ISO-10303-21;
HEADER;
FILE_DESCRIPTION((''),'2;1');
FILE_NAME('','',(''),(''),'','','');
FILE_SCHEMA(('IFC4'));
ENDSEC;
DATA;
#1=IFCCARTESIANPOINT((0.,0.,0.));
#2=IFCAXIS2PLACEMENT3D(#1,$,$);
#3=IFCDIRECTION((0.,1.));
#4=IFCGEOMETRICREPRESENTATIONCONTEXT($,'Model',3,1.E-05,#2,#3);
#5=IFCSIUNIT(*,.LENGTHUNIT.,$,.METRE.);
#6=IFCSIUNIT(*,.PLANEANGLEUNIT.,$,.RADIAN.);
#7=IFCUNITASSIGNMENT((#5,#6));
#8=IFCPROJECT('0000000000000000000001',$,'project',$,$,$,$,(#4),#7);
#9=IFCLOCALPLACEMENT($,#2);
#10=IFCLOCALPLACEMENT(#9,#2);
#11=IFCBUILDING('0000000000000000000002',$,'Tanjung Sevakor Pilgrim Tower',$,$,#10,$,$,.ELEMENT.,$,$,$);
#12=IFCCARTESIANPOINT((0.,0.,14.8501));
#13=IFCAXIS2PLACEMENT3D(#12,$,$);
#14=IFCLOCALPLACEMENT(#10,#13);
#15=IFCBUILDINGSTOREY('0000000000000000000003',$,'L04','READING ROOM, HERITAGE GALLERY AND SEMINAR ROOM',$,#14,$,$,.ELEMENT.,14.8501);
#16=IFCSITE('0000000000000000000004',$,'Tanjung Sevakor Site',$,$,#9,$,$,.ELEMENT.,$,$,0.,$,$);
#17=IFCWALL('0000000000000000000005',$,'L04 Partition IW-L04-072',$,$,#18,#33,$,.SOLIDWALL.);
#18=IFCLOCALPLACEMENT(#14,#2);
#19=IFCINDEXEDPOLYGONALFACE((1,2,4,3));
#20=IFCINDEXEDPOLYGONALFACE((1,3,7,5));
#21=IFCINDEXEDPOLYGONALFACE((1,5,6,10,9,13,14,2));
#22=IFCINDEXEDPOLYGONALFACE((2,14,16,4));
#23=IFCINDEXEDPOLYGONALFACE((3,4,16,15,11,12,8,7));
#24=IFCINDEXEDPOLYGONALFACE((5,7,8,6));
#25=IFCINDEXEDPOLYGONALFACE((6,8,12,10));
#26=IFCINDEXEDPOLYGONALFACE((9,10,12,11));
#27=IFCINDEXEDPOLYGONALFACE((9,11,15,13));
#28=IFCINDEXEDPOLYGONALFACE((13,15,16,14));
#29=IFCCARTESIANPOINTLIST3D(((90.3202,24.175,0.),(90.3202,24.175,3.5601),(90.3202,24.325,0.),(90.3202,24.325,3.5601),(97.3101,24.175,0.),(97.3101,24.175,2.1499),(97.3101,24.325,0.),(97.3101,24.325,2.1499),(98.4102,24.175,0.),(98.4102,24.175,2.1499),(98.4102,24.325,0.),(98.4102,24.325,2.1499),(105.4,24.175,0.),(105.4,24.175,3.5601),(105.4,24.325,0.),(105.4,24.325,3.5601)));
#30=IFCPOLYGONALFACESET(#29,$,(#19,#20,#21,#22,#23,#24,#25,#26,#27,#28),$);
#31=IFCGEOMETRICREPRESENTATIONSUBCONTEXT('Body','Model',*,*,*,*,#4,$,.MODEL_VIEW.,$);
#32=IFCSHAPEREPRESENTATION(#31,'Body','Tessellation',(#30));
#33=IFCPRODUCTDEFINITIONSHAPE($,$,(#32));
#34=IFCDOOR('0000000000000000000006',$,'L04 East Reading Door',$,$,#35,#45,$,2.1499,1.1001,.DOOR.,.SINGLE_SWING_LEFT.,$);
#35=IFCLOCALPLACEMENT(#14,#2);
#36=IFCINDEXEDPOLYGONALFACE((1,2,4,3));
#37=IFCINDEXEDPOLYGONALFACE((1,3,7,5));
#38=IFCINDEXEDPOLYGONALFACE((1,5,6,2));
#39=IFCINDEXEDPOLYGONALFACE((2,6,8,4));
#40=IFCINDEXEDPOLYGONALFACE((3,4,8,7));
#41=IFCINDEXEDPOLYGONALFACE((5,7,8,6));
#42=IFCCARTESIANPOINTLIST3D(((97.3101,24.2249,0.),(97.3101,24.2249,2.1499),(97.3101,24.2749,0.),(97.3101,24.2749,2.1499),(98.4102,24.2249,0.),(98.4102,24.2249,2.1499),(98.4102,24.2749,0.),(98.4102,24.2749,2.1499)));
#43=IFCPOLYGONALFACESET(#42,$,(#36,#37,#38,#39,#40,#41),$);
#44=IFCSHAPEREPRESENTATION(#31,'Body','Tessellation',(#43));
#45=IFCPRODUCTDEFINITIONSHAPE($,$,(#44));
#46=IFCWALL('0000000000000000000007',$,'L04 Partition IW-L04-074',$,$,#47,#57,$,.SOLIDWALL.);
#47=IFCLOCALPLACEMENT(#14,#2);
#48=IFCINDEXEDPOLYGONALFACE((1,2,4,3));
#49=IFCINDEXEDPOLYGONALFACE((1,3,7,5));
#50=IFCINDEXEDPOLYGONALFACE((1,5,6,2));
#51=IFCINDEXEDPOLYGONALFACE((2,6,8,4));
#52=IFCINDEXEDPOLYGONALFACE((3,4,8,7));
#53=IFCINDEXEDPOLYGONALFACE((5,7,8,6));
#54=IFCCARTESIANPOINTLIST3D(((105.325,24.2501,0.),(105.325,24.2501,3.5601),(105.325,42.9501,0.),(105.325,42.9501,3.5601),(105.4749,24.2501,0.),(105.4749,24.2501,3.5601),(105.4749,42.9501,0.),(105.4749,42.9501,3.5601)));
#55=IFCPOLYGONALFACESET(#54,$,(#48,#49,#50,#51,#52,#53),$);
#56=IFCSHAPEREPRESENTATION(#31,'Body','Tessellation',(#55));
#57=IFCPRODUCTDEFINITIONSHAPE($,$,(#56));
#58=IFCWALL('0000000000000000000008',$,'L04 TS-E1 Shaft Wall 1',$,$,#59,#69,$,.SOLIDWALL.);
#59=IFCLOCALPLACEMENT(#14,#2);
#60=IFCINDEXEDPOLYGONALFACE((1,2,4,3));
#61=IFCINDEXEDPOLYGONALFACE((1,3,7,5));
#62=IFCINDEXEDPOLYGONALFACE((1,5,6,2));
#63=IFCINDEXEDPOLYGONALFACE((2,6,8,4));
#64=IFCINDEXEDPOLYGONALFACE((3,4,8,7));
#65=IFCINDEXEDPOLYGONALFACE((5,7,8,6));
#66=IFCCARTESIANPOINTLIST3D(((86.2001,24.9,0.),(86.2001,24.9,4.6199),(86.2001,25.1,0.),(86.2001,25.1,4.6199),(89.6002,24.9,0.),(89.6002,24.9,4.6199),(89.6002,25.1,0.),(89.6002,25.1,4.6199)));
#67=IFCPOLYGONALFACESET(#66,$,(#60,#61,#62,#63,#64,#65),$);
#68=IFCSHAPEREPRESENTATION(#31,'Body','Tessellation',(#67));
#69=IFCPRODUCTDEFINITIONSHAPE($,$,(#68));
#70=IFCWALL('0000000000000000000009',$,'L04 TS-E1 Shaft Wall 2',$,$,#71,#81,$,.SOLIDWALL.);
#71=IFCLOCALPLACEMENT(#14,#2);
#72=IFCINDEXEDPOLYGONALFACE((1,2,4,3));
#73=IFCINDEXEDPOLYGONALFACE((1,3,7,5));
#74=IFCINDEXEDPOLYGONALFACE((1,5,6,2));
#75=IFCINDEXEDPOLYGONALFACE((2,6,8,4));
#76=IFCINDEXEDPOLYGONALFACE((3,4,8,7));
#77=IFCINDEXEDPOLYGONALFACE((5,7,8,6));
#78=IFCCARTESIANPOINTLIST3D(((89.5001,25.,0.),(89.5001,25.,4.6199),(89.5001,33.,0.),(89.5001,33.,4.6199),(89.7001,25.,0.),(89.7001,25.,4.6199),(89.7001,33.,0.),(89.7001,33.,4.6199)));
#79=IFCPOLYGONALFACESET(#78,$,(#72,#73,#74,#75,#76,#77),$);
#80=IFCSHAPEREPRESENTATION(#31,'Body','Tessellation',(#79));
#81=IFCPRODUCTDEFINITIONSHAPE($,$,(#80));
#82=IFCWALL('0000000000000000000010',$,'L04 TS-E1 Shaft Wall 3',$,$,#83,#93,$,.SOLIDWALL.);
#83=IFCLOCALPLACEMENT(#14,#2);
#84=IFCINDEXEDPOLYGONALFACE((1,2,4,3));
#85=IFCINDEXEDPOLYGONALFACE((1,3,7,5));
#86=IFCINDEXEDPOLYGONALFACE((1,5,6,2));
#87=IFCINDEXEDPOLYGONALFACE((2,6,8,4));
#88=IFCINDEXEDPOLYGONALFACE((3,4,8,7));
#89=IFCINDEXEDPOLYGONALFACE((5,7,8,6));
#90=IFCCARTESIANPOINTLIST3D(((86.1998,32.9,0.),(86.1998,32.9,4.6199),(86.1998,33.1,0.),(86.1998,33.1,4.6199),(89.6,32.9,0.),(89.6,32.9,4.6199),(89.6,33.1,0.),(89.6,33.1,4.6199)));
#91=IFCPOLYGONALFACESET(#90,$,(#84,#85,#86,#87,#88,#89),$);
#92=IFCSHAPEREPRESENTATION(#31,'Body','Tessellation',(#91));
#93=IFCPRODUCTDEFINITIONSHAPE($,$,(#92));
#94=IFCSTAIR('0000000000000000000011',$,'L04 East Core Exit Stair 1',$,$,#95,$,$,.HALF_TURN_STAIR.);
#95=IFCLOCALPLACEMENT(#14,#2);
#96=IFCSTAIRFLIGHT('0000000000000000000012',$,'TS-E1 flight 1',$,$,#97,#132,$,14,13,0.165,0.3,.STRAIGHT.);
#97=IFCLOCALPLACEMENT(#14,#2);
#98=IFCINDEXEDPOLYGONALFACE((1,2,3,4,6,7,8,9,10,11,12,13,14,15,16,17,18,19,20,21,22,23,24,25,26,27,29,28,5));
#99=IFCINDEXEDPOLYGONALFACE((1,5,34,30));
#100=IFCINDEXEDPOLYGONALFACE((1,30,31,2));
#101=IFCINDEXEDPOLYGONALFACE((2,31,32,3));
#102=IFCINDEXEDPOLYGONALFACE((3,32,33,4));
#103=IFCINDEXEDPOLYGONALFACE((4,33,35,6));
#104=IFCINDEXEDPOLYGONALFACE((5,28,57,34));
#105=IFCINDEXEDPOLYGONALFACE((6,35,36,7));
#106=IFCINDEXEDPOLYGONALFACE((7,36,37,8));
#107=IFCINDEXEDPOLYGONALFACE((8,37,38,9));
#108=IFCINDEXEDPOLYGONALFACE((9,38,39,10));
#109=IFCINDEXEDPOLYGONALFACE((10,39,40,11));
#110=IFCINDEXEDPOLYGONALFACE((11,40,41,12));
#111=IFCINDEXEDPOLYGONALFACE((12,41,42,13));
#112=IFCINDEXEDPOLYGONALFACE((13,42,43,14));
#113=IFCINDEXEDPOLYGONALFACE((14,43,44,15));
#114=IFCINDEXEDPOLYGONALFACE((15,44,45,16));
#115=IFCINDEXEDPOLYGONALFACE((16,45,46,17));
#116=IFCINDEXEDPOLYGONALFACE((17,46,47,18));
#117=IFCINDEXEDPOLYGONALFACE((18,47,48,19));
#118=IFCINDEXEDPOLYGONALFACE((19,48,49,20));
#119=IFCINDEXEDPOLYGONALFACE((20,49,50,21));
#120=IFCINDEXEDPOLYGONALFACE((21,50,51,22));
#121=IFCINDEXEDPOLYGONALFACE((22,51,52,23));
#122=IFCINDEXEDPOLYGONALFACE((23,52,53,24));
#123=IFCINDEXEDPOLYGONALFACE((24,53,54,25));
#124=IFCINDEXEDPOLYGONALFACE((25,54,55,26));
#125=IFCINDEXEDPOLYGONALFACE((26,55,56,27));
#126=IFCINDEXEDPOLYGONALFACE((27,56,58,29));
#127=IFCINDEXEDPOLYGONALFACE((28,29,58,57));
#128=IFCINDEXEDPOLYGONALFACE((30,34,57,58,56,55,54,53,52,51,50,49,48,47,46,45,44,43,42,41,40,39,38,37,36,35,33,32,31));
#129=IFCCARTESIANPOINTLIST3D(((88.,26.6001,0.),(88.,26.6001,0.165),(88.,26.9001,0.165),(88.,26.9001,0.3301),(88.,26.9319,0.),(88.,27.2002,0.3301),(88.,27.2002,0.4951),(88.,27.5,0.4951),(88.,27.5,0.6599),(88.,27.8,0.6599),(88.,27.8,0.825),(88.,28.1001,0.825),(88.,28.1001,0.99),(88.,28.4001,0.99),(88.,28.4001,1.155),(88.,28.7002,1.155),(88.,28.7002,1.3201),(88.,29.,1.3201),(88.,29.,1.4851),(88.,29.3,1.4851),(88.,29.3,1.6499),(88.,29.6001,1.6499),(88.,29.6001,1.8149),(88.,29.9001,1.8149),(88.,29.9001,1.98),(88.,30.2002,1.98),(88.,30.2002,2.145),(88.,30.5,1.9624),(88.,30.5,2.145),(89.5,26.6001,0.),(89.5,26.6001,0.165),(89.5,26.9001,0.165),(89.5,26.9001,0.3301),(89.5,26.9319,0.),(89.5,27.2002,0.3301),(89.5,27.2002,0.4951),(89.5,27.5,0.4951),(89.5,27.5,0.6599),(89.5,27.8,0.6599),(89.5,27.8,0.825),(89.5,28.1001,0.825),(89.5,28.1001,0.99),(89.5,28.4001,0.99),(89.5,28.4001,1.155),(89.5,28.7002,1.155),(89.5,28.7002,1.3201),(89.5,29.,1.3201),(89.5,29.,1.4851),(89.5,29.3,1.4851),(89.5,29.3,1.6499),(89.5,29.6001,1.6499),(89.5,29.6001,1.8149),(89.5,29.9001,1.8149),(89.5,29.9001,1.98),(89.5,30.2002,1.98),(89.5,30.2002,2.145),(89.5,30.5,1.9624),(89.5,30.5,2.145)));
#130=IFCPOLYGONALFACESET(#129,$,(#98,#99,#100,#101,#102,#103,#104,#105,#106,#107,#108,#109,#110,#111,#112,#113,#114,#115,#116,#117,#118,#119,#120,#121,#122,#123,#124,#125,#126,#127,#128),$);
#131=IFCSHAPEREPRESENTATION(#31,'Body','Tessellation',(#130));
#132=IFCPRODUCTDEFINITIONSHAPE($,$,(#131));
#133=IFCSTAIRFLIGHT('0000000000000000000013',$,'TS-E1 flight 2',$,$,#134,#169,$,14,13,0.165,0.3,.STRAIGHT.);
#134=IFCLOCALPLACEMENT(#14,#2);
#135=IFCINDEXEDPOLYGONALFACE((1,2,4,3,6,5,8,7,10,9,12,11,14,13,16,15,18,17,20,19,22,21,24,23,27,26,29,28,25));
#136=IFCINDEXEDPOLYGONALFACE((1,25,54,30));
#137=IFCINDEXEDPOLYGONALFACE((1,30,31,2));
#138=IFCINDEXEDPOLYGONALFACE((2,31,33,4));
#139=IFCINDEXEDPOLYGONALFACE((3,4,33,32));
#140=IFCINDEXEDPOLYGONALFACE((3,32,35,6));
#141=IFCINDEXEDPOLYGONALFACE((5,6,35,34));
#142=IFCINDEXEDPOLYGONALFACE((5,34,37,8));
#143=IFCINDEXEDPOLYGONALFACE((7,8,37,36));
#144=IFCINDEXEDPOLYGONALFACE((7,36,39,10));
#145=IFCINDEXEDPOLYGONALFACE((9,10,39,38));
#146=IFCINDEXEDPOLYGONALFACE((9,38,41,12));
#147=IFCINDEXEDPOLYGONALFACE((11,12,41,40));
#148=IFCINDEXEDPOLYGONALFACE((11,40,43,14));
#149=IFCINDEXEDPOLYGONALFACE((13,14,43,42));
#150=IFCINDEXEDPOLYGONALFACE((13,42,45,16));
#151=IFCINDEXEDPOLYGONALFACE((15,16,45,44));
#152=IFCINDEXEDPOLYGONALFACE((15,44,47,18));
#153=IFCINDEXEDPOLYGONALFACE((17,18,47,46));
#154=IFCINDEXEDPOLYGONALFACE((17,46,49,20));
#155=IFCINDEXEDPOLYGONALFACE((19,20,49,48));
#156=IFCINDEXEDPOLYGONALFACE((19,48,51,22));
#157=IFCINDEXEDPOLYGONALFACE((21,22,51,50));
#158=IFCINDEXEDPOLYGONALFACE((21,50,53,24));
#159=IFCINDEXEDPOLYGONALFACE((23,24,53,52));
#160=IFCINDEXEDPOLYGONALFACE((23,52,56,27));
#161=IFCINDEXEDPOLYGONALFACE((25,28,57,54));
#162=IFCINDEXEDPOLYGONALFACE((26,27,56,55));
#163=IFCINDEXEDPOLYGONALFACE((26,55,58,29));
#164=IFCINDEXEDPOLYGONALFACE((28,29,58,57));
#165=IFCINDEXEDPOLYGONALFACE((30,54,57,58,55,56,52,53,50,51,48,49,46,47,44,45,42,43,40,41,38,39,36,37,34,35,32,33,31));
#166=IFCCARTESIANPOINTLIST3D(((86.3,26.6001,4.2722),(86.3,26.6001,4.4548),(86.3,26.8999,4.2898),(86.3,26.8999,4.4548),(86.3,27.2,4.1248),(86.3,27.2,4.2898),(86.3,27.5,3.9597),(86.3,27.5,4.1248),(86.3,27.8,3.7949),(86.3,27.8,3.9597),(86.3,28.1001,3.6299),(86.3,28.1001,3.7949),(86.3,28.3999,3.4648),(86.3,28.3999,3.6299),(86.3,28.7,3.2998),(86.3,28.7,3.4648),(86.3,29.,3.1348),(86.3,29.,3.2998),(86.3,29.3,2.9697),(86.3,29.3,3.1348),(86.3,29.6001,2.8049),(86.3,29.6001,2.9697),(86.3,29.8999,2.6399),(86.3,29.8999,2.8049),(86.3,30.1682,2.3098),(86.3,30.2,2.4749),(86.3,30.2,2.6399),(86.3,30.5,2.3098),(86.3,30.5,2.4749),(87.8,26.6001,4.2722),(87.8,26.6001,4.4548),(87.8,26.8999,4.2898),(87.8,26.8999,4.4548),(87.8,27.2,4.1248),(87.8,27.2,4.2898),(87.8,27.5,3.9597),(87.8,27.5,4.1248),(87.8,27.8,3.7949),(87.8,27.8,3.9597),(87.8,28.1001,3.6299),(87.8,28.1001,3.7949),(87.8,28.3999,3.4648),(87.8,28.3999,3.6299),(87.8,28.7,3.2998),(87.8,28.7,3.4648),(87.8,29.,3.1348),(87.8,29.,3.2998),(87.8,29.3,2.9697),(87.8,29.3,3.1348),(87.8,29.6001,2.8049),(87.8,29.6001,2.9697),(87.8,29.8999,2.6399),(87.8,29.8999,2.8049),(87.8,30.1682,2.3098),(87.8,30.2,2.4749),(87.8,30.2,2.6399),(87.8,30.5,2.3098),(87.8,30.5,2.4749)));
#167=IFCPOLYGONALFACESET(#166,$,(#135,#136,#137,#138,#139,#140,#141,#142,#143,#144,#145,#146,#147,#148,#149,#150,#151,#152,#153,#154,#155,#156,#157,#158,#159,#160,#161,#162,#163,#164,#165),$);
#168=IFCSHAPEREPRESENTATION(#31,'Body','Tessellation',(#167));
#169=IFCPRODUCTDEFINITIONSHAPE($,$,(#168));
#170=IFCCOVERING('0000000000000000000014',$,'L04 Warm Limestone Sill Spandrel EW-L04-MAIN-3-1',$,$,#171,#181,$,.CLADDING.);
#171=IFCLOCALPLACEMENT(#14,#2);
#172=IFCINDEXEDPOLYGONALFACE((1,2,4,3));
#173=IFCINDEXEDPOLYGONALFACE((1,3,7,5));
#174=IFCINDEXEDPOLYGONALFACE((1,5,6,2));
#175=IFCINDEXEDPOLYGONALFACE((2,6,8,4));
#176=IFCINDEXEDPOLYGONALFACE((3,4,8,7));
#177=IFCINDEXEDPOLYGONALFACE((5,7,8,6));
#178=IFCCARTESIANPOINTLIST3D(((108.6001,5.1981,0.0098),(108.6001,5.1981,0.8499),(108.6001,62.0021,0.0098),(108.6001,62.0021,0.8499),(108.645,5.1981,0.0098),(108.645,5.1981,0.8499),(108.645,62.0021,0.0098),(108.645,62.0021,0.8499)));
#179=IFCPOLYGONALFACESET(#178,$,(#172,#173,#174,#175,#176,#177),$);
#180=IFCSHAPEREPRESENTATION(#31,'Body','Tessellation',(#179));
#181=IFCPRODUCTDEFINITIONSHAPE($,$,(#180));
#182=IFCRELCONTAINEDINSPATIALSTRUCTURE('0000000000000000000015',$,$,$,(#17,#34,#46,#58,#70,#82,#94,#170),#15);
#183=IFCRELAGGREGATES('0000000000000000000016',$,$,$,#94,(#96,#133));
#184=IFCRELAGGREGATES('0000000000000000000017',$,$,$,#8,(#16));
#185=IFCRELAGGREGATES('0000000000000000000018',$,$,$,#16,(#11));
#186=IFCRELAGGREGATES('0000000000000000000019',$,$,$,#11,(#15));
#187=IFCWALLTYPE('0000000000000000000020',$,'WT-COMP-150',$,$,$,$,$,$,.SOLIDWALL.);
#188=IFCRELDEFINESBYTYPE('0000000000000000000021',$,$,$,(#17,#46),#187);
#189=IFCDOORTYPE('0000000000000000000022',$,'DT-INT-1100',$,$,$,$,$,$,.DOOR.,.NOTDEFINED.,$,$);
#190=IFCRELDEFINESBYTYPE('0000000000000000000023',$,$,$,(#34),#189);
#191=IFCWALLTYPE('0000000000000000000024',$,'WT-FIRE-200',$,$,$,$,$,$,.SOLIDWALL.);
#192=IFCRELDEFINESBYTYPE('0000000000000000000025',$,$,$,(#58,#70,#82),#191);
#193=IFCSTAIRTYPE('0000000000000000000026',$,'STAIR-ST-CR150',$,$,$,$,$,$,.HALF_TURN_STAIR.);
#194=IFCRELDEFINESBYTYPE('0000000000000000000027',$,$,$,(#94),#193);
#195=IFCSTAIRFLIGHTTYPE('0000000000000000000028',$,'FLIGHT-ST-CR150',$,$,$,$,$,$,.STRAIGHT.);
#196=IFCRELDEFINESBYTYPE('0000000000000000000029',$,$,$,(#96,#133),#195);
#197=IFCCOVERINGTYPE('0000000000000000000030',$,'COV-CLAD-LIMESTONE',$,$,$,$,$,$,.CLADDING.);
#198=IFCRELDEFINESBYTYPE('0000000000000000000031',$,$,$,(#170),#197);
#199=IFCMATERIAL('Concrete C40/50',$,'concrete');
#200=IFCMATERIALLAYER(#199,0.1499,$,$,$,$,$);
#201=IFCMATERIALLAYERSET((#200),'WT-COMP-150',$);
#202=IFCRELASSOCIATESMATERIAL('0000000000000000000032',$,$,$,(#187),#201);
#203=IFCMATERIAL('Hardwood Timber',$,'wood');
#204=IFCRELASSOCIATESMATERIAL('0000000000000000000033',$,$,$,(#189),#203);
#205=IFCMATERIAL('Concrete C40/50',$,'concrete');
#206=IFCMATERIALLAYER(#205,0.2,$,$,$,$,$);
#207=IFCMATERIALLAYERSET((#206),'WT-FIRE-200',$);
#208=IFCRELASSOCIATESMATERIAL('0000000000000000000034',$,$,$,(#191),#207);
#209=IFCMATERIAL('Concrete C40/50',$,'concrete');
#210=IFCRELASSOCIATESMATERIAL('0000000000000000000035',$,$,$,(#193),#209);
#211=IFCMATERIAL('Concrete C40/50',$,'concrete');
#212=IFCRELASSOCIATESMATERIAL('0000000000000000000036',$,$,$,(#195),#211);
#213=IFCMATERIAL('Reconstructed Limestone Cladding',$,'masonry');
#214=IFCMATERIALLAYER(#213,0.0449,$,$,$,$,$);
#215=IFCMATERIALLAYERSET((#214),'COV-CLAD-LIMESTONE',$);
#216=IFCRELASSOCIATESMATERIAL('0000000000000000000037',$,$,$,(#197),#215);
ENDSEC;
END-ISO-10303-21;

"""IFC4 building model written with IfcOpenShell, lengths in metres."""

from ifc_helpers import new_model, si_unit, direction, frame, frame_2d, origin, origin_2d, place, context, subcontext, project, spatial, polyline, rectangle, outline, extrude, material, layer, layer_set, type_object, element, fill, aggregate, save


model = new_model("IFC4")

# Units and contexts
model_context = context("Model", 3, precision=1e-05, world=origin(), true_north=direction((0.0, 1.0)))
body_context = subcontext(model_context, "Body", "Model", "MODEL_VIEW")
ifc_project = project(units=[si_unit("LENGTHUNIT", "METRE"), si_unit("PLANEANGLEUNIT", "RADIAN")], contexts=[model_context])

# Site, building, storey
site_placement = place(None, origin())
site = spatial("IfcSite", under=ifc_project, at=site_placement, Name="Tanjung Sevakor Site", CompositionType="ELEMENT", RefElevation=0.0)
building_placement = place(site_placement, origin())
building = spatial("IfcBuilding", under=site, at=building_placement, Name="Tanjung Sevakor Pilgrim Tower", CompositionType="ELEMENT")
storey_placement = place(building_placement, frame((0.0, 0.0, 14.8501)))
storey = spatial("IfcBuildingStorey", under=building, at=storey_placement, Name="L04", Description="READING ROOM, HERITAGE GALLERY AND SEMINAR ROOM", CompositionType="ELEMENT", Elevation=14.8501)

# Wall, opening, door
ifc_material_1 = material(Name="Concrete C40/50", Category="concrete")
ifc_layer_1 = layer(ifc_material_1, 0.1499)
ifc_layer_set_1 = layer_set([ifc_layer_1], Name="WT-COMP-150")
wall_type_1 = type_object("IfcWallType", Name="WT-COMP-150", PredefinedType="SOLIDWALL", material=ifc_layer_set_1)
ifc_material_2 = material(Name="Hardwood Timber", Category="wood")
door_type_1 = type_object("IfcDoorType", Name="DT-INT-1100", OperationType="NOTDEFINED", PredefinedType="DOOR", material=ifc_material_2)
wall_1_placement = place(storey_placement, frame((90.3201, 24.25, 0.0), z_axis=(0.0, 0.0, 1.0), x_axis=(1.0, 0.0, 0.0)))
wall_1 = element("IfcWall", 1, at=wall_1_placement, inside=storey, type_object=wall_type_1, Name="L04 Partition IW-L04-072", PredefinedType="SOLIDWALL", context=body_context, shape_type="SweptSolid", body=[
    extrude(rectangle(XDim=15.0798, YDim=0.1499, at=frame_2d((7.54, 0.0))), origin(), (0.0, 0.0, 1.0), 3.5601),
])
opening_1_placement = place(wall_1_placement, frame((6.99, 0.0, 0.0)))
opening_1 = element("IfcOpeningElement", 2, at=opening_1_placement, cuts=wall_1, PredefinedType="OPENING", context=body_context, shape_type="SweptSolid", body=[
    extrude(rectangle(XDim=1.1001, YDim=2.1499, at=frame_2d((0.55, 1.075))), frame((0.0, 0.085, 0.0), z_axis=(0.0, -1.0, 0.0), x_axis=(1.0, 0.0, 0.0)), (0.0, 0.0, 1.0), 0.1699),
])
door_1_placement = place(opening_1_placement, origin())
door_1 = element("IfcDoor", 3, at=door_1_placement, inside=storey, type_object=door_type_1, Name="L04 East Reading Door", OperationType="SINGLE_SWING_LEFT", OverallHeight=2.1499, OverallWidth=1.1001, PredefinedType="DOOR", context=body_context, shape_type="SweptSolid", body=[
    extrude(rectangle(XDim=1.1001, YDim=2.1499, at=frame_2d((0.55, 1.075))), frame((0.0, 0.0249, 0.0), z_axis=(0.0, -1.0, 0.0), x_axis=(1.0, 0.0, 0.0)), (0.0, 0.0, 1.0), 0.05),
])
fill(opening_1, door_1)

# Walls
wall_2_placement = place(storey_placement, frame((105.3999, 24.25, 0.0), z_axis=(0.0, 0.0, 1.0), x_axis=(0.0, 1.0, 0.0)))
element("IfcWall", 4, at=wall_2_placement, inside=storey, type_object=wall_type_1, Name="L04 Partition IW-L04-074", PredefinedType="SOLIDWALL", context=body_context, shape_type="SweptSolid", body=[
    extrude(rectangle(XDim=18.7, YDim=0.1499, at=frame_2d((9.3501, 0.0))), origin(), (0.0, 0.0, 1.0), 3.5601),
])
ifc_material_3 = material(Name="Concrete C40/50", Category="concrete")
ifc_layer_2 = layer(ifc_material_3, 0.2)
ifc_layer_set_2 = layer_set([ifc_layer_2], Name="WT-FIRE-200")
wall_type_2 = type_object("IfcWallType", Name="WT-FIRE-200", PredefinedType="SOLIDWALL", material=ifc_layer_set_2)
wall_3_placement = place(storey_placement, frame((86.2, 25.0, 0.0), z_axis=(0.0, 0.0, 1.0), x_axis=(1.0, 0.0, 0.0)))
element("IfcWall", 5, at=wall_3_placement, inside=storey, type_object=wall_type_2, Name="L04 TS-E1 Shaft Wall 1", PredefinedType="SOLIDWALL", context=body_context, shape_type="SweptSolid", body=[
    extrude(rectangle(XDim=3.4001, YDim=0.2, at=frame_2d((1.7002, 0.0))), origin(), (0.0, 0.0, 1.0), 4.6199),
])
wall_4_placement = place(storey_placement, frame((89.6001, 25.0, 0.0), z_axis=(0.0, 0.0, 1.0), x_axis=(0.0, 1.0, 0.0)))
element("IfcWall", 6, at=wall_4_placement, inside=storey, type_object=wall_type_2, Name="L04 TS-E1 Shaft Wall 2", PredefinedType="SOLIDWALL", context=body_context, shape_type="SweptSolid", body=[
    extrude(rectangle(XDim=8.0, YDim=0.2, at=frame_2d((4.0, 0.0))), origin(), (0.0, 0.0, 1.0), 4.6199),
])
wall_5_placement = place(storey_placement, frame((89.6001, 33.0, 0.0), z_axis=(0.0, 0.0, 1.0), x_axis=(-1.0, 0.0, 0.0)))
element("IfcWall", 7, at=wall_5_placement, inside=storey, type_object=wall_type_2, Name="L04 TS-E1 Shaft Wall 3", PredefinedType="SOLIDWALL", context=body_context, shape_type="SweptSolid", body=[
    extrude(rectangle(XDim=3.4001, YDim=0.2, at=frame_2d((1.7002, 0.0))), origin(), (0.0, 0.0, 1.0), 4.6199),
])

# Stair, stair flights
ifc_material_4 = material(Name="Concrete C40/50", Category="concrete")
stair_type = type_object("IfcStairType", Name="STAIR-ST-CR150", PredefinedType="HALF_TURN_STAIR", material=ifc_material_4)
stair_placement = place(storey_placement, origin())
stair = element("IfcStair", 8, at=stair_placement, inside=storey, type_object=stair_type, Name="L04 East Core Exit Stair 1", PredefinedType="HALF_TURN_STAIR")
ifc_material_5 = material(Name="Concrete C40/50", Category="concrete")
stair_flight_type = type_object("IfcStairFlightType", Name="FLIGHT-ST-CR150", PredefinedType="STRAIGHT", material=ifc_material_5)
stair_flight_1_placement = place(storey_placement, frame((88.75, 26.6001, 0.0), z_axis=(0.0, 0.0, 1.0), x_axis=(0.0, 1.0, 0.0)))
stair_flight_1 = element("IfcStairFlight", 9, at=stair_flight_1_placement, type_object=stair_flight_type, Name="TS-E1 flight 1", NumberOfRisers=14, NumberOfTreads=13, PredefinedType="STRAIGHT", RiserHeight=0.165, TreadLength=0.3, context=body_context, shape_type="SweptSolid", body=[
    extrude(outline(polyline([(0.0, 0.0), (0.0, 0.165), (0.3, 0.165), (0.3, 0.3301), (0.6001, 0.3301), (0.6001, 0.4951), (0.8999, 0.4951), (0.8999, 0.6599), (1.2, 0.6599), (1.2, 0.825), (1.5, 0.825), (1.5, 0.99), (1.8, 0.99), (1.8, 1.155), (2.1001, 1.155), (2.1001, 1.3201), (2.3999, 1.3201), (2.3999, 1.4851), (2.7, 1.4851), (2.7, 1.6499), (3.0, 1.6499), (3.0, 1.8149), (3.3, 1.8149), (3.3, 1.98), (3.6001, 1.98), (3.6001, 2.145), (3.8999, 2.145), (3.8999, 2.3101), (3.8999, 1.9624), (0.3318, 0.0), (0.0, 0.0)])), frame((0.0, 0.75, 0.0), z_axis=(0.0, -1.0, 0.0), x_axis=(1.0, 0.0, 0.0)), (0.0, 0.0, 1.0), 1.5),
])
stair_flight_2_placement = place(storey_placement, frame((87.05, 30.5, 2.3098), z_axis=(0.0, 0.0, 1.0), x_axis=(0.0, -1.0, 0.0)))
stair_flight_2 = element("IfcStairFlight", 10, at=stair_flight_2_placement, type_object=stair_flight_type, Name="TS-E1 flight 2", NumberOfRisers=14, NumberOfTreads=13, PredefinedType="STRAIGHT", RiserHeight=0.165, TreadLength=0.3, context=body_context, shape_type="SweptSolid", body=[
    extrude(outline(polyline([(0.0, 0.0), (0.0, 0.165), (0.3, 0.165), (0.3, 0.3301), (0.6001, 0.3301), (0.6001, 0.4951), (0.8999, 0.4951), (0.8999, 0.6599), (1.2, 0.6599), (1.2, 0.825), (1.5, 0.825), (1.5, 0.99), (1.8, 0.99), (1.8, 1.155), (2.1001, 1.155), (2.1001, 1.3201), (2.3999, 1.3201), (2.3999, 1.4851), (2.7, 1.4851), (2.7, 1.6499), (3.0, 1.6499), (3.0, 1.8149), (3.3, 1.8149), (3.3, 1.98), (3.6001, 1.98), (3.6001, 2.145), (3.8999, 2.145), (3.8999, 2.3101), (3.8999, 1.9624), (0.3318, 0.0), (0.0, 0.0)])), frame((0.0, 0.75, 0.0), z_axis=(0.0, -1.0, 0.0), x_axis=(1.0, 0.0, 0.0)), (0.0, 0.0, 1.0), 1.5),
])
aggregate(stair, [stair_flight_1, stair_flight_2])

# Covering
ifc_material_6 = material(Name="Reconstructed Limestone Cladding", Category="masonry")
ifc_layer_3 = layer(ifc_material_6, 0.0449)
ifc_layer_set_3 = layer_set([ifc_layer_3], Name="COV-CLAD-LIMESTONE")
covering_type = type_object("IfcCoveringType", Name="COV-CLAD-LIMESTONE", PredefinedType="CLADDING", material=ifc_layer_set_3)
covering_1_placement = place(storey_placement, frame((108.6226, 33.6001, 0.0098), z_axis=(0.0, 0.0, 1.0), x_axis=(0.0, 1.0, 0.0)))
element("IfcCovering", 11, at=covering_1_placement, inside=storey, type_object=covering_type, Name="L04 Warm Limestone Sill Spandrel EW-L04-MAIN-3-1", PredefinedType="CLADDING", context=body_context, shape_type="SweptSolid", body=[
    extrude(rectangle(XDim=56.804, YDim=0.0449, at=origin_2d()), origin(), (0.0, 0.0, 1.0), 0.8401),
])

save(model, "model.ifc")
